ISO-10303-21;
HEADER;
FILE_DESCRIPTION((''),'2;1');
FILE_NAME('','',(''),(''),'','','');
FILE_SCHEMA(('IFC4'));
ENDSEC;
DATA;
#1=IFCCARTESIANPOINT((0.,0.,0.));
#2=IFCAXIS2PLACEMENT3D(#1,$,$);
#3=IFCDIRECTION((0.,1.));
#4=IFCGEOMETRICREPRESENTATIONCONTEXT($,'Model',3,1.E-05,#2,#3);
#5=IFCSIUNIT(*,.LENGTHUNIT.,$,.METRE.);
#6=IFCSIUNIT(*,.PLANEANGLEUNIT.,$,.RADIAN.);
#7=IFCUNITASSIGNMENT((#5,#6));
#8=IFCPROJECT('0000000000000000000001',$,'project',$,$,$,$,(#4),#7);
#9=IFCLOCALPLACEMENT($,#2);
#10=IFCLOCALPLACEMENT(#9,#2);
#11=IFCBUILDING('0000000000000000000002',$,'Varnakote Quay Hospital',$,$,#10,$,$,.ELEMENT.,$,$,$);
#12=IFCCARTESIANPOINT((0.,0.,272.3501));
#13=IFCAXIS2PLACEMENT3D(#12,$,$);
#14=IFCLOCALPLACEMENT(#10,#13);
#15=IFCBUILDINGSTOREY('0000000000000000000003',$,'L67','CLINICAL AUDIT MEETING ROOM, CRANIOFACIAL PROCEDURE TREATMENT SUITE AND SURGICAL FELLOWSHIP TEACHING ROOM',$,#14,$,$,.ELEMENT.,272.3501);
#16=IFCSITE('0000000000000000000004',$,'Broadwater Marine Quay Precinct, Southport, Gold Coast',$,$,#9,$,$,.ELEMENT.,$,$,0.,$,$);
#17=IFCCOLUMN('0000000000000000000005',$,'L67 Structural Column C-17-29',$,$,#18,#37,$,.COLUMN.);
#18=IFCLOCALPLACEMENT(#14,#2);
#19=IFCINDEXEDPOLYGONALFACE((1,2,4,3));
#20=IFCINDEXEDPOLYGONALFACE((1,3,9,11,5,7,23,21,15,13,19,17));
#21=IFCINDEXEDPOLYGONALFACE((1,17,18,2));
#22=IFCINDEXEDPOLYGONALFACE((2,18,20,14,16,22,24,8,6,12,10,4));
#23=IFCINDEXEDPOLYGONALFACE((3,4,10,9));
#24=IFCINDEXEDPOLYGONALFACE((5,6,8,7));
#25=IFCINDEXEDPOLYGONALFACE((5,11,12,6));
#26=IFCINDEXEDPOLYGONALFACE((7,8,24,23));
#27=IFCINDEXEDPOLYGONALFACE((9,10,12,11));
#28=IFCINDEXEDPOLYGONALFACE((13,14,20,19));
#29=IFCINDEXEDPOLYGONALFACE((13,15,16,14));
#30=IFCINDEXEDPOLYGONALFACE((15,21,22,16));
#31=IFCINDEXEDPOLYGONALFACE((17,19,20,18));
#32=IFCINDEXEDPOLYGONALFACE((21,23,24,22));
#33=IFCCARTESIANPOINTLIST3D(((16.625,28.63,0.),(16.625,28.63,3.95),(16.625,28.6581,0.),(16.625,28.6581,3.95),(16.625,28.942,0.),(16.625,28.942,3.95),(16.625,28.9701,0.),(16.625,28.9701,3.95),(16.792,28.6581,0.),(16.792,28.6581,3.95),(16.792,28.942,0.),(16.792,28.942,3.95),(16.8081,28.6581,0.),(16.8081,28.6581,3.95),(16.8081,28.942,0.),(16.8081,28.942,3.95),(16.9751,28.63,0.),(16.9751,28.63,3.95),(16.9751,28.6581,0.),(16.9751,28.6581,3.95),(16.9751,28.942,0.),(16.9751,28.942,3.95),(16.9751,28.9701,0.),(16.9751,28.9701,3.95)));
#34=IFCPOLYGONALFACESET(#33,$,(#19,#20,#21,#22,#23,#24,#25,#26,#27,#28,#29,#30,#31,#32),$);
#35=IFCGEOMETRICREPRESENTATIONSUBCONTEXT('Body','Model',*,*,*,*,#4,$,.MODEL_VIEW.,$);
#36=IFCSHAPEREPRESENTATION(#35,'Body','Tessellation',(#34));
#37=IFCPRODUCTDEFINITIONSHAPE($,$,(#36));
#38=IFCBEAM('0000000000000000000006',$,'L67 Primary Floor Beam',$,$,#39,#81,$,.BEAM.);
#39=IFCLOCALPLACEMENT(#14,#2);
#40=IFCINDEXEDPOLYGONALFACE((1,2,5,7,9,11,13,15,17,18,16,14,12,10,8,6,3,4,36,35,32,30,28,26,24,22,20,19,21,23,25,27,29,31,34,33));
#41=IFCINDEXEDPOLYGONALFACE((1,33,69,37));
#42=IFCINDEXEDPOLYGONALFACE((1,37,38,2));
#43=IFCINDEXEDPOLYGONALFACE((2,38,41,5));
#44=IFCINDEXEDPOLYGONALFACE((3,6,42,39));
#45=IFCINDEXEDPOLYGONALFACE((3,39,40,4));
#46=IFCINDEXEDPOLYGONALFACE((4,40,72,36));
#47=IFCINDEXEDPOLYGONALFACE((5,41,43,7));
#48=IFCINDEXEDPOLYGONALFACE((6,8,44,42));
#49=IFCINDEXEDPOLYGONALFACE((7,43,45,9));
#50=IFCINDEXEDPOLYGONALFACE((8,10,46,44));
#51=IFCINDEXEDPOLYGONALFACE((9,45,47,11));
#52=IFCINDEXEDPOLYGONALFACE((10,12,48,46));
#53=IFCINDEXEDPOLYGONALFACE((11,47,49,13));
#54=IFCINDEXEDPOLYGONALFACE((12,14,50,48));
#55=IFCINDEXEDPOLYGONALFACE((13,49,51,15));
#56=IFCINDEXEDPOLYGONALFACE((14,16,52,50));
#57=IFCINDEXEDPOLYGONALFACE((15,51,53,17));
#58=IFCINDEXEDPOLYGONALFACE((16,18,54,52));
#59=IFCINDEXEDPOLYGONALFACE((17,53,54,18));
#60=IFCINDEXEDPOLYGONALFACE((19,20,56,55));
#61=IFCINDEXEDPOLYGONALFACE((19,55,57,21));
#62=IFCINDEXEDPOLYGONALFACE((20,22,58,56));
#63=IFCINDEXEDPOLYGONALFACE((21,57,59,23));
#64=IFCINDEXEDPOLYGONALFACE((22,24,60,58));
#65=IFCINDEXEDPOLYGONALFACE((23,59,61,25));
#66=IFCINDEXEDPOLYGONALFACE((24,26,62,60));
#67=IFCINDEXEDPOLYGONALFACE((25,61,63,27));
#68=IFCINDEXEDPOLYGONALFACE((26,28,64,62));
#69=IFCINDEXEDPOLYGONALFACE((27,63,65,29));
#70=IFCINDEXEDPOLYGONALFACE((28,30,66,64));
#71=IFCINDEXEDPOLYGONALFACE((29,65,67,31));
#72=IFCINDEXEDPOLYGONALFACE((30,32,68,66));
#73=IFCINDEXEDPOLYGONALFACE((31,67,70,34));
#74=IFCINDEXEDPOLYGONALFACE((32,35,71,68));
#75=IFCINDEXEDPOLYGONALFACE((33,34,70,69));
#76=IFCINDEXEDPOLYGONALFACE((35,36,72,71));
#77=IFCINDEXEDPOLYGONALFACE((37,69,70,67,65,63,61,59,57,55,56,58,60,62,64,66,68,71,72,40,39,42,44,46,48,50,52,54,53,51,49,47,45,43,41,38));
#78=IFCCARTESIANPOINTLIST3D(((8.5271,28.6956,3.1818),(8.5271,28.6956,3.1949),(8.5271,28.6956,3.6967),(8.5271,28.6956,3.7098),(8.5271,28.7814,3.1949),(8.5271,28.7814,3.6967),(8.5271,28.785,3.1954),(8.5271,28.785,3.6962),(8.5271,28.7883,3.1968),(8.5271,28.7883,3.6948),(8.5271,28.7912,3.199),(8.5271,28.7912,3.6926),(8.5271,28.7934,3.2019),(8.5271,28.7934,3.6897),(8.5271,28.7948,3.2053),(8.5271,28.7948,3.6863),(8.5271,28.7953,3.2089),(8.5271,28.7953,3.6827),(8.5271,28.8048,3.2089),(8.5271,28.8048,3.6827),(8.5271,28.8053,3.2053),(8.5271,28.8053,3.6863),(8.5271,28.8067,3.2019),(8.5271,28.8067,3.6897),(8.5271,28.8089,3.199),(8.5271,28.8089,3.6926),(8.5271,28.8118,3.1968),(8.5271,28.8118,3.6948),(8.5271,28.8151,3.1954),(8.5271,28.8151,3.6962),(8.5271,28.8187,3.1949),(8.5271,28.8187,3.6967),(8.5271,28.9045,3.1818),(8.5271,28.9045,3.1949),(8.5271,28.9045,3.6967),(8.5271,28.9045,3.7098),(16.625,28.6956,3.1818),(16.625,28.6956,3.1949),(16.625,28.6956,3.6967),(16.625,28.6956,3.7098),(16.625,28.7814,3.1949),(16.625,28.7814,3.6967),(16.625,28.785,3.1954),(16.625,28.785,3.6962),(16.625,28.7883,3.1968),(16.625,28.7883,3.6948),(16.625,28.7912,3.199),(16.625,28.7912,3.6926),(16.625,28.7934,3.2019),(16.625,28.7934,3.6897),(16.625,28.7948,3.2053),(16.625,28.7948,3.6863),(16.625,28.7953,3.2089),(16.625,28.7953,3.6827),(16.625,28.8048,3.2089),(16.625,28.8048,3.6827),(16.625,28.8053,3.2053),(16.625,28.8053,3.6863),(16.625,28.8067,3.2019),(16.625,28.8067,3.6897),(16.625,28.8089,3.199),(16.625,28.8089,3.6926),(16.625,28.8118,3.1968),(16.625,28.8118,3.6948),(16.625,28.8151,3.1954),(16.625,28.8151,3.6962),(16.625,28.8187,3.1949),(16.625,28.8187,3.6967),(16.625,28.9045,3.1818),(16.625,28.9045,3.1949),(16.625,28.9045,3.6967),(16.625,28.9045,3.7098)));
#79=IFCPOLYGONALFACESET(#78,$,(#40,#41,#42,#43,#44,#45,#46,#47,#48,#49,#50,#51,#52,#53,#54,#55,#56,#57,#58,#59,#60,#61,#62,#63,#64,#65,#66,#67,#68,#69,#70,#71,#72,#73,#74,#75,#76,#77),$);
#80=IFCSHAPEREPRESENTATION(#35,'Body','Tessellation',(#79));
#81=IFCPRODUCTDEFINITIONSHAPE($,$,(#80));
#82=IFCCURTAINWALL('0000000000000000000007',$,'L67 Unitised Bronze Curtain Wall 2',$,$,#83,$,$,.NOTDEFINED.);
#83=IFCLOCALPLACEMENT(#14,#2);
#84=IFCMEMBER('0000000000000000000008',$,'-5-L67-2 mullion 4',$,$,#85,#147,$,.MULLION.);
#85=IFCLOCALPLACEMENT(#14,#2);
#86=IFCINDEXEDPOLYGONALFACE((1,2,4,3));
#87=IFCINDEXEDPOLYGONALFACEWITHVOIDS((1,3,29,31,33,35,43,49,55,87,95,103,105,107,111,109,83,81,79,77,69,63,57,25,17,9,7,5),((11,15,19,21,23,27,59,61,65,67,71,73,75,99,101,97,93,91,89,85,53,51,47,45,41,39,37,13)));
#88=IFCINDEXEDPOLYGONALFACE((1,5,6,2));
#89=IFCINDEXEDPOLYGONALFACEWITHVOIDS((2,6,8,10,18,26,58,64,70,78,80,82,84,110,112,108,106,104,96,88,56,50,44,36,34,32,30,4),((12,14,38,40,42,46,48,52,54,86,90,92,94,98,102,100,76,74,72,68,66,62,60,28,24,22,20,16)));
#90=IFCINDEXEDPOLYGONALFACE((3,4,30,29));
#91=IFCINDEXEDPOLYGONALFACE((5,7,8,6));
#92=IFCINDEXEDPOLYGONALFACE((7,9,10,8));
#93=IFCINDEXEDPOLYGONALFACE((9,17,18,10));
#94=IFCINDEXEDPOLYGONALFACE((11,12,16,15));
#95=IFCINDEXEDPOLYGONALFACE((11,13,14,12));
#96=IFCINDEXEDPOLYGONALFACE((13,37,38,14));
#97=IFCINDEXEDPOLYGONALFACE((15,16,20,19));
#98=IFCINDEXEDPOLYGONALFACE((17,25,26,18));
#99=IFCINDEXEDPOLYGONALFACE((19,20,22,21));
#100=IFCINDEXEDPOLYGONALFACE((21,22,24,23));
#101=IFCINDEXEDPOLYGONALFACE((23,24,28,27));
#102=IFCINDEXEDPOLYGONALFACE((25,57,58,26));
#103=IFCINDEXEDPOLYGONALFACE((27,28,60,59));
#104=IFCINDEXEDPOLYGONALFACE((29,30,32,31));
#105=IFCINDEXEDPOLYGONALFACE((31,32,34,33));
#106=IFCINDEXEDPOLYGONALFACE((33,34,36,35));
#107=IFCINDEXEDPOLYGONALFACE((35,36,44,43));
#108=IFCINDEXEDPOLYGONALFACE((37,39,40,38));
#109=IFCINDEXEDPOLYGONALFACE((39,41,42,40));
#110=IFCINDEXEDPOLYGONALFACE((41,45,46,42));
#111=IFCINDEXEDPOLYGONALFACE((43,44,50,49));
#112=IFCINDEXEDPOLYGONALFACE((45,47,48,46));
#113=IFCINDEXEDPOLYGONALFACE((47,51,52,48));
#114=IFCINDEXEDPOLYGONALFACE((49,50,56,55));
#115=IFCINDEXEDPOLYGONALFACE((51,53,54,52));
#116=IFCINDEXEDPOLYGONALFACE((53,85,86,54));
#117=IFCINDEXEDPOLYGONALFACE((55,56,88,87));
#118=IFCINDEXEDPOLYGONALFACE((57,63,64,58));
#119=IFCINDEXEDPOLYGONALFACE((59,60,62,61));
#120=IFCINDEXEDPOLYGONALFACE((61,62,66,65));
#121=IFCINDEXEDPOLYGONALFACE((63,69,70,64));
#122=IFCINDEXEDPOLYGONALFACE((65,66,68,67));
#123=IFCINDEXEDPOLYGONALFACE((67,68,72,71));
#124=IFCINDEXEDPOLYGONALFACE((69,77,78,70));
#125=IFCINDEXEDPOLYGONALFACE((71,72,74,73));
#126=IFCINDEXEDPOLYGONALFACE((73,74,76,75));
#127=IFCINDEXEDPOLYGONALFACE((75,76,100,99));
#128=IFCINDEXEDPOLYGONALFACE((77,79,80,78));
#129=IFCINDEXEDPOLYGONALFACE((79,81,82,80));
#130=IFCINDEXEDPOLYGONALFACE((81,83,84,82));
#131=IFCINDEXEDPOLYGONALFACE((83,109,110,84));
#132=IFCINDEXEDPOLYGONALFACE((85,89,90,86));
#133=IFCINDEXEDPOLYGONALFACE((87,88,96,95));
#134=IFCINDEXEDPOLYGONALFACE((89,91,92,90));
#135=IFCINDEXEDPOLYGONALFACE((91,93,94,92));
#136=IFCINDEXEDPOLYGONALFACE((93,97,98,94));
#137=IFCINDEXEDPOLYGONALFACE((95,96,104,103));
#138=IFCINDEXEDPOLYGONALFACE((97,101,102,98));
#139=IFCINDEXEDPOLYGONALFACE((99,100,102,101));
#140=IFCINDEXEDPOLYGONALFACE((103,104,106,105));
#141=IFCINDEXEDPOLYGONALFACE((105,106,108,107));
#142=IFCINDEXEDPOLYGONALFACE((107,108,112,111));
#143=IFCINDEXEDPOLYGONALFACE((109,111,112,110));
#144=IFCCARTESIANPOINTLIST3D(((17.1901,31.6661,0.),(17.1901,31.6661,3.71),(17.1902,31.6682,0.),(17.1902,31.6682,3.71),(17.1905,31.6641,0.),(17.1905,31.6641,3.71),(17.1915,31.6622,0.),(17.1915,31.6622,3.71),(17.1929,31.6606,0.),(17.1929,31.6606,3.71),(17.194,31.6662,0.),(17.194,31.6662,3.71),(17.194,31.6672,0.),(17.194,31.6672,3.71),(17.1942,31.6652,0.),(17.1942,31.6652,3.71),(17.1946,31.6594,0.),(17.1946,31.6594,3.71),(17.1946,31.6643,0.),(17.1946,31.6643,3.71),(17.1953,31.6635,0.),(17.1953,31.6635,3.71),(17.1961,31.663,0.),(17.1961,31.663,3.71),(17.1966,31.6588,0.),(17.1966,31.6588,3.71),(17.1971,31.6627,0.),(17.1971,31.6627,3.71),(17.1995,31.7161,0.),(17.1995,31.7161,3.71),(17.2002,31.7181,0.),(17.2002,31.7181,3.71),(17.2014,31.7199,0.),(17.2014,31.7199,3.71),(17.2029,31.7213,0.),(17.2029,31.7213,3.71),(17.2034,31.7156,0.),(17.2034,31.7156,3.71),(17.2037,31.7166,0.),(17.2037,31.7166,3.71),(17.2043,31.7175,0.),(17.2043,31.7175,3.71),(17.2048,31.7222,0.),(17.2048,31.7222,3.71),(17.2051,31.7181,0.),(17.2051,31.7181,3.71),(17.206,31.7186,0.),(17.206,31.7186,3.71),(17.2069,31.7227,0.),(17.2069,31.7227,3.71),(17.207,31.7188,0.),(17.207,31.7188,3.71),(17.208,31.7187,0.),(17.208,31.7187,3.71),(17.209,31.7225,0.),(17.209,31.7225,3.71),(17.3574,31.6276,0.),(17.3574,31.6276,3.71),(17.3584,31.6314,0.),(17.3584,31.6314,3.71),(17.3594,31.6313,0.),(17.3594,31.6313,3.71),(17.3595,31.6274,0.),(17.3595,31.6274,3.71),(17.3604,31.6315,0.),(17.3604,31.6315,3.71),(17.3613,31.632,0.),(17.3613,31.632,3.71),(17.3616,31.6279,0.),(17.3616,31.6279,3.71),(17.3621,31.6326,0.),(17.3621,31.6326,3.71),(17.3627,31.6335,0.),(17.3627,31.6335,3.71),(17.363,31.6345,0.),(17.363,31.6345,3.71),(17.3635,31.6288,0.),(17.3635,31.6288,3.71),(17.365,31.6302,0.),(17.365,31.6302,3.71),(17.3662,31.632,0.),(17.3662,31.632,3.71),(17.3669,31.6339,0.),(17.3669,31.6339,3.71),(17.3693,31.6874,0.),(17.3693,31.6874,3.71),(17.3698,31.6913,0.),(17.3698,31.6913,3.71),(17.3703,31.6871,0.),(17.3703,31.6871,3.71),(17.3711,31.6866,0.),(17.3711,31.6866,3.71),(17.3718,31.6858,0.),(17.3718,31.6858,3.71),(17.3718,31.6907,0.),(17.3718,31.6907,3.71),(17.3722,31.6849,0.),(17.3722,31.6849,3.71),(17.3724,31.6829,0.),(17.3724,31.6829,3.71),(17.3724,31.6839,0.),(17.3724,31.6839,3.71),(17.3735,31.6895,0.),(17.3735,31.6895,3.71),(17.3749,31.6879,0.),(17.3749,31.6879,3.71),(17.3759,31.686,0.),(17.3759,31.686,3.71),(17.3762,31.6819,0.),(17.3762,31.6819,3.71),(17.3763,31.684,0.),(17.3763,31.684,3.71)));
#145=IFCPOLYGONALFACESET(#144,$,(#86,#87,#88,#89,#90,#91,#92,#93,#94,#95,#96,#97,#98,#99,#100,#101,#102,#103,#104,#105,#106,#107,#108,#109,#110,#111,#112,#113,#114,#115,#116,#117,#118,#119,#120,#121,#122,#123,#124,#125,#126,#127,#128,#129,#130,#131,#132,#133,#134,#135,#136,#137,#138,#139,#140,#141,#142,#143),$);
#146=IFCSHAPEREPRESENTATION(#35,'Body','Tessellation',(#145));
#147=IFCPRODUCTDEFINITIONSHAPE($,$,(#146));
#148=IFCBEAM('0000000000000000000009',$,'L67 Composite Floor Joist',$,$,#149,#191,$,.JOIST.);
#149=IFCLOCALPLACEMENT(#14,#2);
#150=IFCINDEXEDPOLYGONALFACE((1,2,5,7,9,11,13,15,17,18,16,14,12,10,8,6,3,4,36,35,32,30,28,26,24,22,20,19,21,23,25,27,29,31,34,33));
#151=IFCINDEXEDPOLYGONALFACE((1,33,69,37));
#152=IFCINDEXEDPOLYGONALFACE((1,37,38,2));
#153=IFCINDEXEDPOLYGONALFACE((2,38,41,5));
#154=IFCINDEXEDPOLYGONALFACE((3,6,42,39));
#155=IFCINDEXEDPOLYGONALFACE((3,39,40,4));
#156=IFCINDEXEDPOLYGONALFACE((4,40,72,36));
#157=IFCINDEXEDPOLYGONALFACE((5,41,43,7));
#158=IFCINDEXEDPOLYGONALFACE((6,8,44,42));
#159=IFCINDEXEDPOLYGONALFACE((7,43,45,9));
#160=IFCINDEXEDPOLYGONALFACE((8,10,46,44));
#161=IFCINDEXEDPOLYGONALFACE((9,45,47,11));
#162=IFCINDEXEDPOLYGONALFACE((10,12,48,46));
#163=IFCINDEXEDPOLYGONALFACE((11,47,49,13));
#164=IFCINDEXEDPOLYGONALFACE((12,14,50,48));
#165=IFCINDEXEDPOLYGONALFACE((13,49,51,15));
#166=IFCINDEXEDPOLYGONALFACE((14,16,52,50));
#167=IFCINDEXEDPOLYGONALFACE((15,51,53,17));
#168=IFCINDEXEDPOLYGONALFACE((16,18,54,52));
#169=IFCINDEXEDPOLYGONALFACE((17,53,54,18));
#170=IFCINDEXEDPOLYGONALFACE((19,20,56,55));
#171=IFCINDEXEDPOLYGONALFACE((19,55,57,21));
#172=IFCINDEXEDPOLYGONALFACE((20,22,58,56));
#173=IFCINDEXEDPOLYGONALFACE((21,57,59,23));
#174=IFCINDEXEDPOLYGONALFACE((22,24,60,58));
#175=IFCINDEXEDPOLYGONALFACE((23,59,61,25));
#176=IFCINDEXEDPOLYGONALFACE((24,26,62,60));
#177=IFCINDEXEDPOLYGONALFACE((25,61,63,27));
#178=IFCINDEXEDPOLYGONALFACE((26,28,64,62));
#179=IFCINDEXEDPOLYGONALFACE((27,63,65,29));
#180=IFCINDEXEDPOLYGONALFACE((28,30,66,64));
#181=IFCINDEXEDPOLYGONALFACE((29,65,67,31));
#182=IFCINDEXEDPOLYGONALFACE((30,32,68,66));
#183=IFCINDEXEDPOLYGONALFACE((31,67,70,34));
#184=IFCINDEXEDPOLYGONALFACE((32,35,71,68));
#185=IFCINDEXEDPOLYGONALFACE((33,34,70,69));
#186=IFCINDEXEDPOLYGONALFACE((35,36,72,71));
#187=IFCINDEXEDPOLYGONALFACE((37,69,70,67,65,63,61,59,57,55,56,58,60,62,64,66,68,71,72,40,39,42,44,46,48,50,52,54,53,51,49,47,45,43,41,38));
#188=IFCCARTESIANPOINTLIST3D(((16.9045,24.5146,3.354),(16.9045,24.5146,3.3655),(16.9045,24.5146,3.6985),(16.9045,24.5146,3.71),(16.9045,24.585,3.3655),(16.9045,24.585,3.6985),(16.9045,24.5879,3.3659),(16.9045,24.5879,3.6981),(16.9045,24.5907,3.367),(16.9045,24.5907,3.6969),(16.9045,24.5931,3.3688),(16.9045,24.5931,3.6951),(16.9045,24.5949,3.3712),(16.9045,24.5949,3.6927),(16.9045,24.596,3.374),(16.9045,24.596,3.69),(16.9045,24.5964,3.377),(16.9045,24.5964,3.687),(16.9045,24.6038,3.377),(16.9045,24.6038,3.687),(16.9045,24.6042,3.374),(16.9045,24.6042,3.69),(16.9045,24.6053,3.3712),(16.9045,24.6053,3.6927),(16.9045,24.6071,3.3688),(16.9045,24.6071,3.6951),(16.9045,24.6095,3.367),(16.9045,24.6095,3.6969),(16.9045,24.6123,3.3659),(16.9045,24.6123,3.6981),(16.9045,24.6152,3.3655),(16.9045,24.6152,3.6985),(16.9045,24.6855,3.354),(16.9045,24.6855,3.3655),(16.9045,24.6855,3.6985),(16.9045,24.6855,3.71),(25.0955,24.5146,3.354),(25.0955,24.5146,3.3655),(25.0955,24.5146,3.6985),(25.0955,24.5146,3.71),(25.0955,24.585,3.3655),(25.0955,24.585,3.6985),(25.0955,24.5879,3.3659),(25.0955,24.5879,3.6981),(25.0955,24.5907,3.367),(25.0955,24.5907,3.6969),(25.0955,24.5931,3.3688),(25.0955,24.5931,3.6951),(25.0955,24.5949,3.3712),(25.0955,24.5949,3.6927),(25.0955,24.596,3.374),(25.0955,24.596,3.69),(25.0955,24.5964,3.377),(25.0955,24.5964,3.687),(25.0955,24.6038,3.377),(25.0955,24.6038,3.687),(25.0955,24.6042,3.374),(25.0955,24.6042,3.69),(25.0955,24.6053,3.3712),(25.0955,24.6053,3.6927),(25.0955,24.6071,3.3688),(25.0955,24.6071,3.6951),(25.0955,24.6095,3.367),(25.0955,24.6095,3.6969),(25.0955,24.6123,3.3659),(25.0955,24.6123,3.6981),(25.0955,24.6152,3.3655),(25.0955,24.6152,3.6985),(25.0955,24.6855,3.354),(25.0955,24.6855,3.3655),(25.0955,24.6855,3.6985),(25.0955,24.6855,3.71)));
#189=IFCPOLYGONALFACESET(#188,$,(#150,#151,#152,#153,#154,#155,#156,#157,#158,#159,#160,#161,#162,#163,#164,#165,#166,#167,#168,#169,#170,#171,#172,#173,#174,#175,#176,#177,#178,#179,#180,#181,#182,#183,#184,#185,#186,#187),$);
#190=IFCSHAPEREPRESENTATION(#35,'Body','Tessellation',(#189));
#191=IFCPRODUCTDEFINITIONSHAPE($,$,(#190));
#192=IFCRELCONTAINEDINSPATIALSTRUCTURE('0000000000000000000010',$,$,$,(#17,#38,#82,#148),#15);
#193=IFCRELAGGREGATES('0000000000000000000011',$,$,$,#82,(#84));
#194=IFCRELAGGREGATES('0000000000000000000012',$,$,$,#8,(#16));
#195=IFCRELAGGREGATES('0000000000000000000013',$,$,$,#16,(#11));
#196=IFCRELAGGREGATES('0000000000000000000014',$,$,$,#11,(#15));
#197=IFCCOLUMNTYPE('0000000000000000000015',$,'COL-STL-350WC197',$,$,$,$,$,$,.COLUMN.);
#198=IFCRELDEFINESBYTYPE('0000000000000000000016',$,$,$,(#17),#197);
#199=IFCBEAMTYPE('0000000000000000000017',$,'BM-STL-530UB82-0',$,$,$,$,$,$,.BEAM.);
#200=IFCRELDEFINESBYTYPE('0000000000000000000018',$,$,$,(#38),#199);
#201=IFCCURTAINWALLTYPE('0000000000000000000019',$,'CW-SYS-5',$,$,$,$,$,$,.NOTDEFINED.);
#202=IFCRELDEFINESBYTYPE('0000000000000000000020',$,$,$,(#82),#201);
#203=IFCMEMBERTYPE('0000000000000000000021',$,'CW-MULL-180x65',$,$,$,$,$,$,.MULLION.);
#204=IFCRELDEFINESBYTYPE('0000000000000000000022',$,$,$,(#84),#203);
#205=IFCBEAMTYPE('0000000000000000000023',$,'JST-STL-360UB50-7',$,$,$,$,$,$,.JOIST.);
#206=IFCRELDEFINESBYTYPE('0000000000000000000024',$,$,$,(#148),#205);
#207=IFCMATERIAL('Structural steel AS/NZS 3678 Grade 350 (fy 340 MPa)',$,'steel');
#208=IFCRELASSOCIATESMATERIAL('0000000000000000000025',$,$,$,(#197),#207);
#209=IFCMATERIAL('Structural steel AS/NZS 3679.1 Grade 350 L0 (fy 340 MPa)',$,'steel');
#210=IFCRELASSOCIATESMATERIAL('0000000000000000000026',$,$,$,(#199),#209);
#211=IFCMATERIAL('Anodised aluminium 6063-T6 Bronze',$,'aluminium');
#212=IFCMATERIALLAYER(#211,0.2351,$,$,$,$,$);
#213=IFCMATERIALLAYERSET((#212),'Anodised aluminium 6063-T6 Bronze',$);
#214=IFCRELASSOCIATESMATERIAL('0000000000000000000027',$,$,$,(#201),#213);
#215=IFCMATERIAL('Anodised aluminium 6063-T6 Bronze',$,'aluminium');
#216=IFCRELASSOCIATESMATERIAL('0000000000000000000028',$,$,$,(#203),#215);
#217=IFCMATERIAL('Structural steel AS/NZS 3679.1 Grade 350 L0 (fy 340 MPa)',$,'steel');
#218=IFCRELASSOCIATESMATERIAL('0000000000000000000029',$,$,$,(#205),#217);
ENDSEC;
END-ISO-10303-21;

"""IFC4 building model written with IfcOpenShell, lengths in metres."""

from ifc_helpers import new_model, si_unit, direction, frame, origin, origin_2d, place, context, subcontext, project, spatial, hollow_rectangle, i_section, extrude, material, layer, layer_set, material_profile, profile_set, type_object, element, aggregate, save


model = new_model("IFC4")

# Units and contexts
model_context = context("Model", 3, precision=1e-05, world=origin(), true_north=direction((0.0, 1.0)))
body_context = subcontext(model_context, "Body", "Model", "MODEL_VIEW")
ifc_project = project(units=[si_unit("LENGTHUNIT", "METRE"), si_unit("PLANEANGLEUNIT", "RADIAN")], contexts=[model_context])

# Site, building, storey
site_placement = place(None, origin())
site = spatial("IfcSite", under=ifc_project, at=site_placement, Name="Broadwater Marine Quay Precinct, Southport, Gold Coast", CompositionType="ELEMENT", RefElevation=0.0)
building_placement = place(site_placement, origin())
building = spatial("IfcBuilding", under=site, at=building_placement, Name="Varnakote Quay Hospital", CompositionType="ELEMENT")
storey_placement = place(building_placement, frame((0.0, 0.0, 272.3501)))
storey = spatial("IfcBuildingStorey", under=building, at=storey_placement, Name="L67", Description="CLINICAL AUDIT MEETING ROOM, CRANIOFACIAL PROCEDURE TREATMENT SUITE AND SURGICAL FELLOWSHIP TEACHING ROOM", CompositionType="ELEMENT", Elevation=272.3501)

# Column
ifc_material_1 = material(Name="Structural steel AS/NZS 3678 Grade 350 (fy 340 MPa)", Category="steel")
ifc_material_profile_1 = material_profile(ifc_material_1, i_section(OverallWidth=0.3501, OverallDepth=0.3401, WebThickness=0.0161, FlangeThickness=0.0281, at=origin_2d()), Name="350WC197")
ifc_profile_set_1 = profile_set([ifc_material_profile_1], Name="Structural steel AS/NZS 3678 Grade 350 (fy 340 MPa)")
column_type = type_object("IfcColumnType", Name="COL-STL-350WC197", PredefinedType="COLUMN", material=ifc_profile_set_1)
column_placement = place(storey_placement, frame((16.8, 28.8, 0.0), z_axis=(0.0, 0.0, 1.0), x_axis=(1.0, 0.0, 0.0)))
element("IfcColumn", 1, at=column_placement, inside=storey, type_object=column_type, Name="L67 Structural Column C-17-29", PredefinedType="COLUMN", context=body_context, shape_type="SweptSolid", body=[
    extrude(i_section(OverallWidth=0.3501, OverallDepth=0.3401, WebThickness=0.0161, FlangeThickness=0.0281, at=origin_2d()), origin(), (0.0, 0.0, 1.0), 3.95),
])

# Beam
ifc_material_2 = material(Name="Structural steel AS/NZS 3679.1 Grade 350 L0 (fy 340 MPa)", Category="steel")
ifc_material_profile_2 = material_profile(ifc_material_2, i_section(OverallWidth=0.209, OverallDepth=0.5281, WebThickness=0.0095, FlangeThickness=0.0132, FilletRadius=0.0139, at=origin_2d()), Name="530UB82.0")
ifc_profile_set_2 = profile_set([ifc_material_profile_2], Name="Structural steel AS/NZS 3679.1 Grade 350 L0 (fy 340 MPa)")
beam_type_1 = type_object("IfcBeamType", Name="BM-STL-530UB82-0", PredefinedType="BEAM", material=ifc_profile_set_2)
beam_1_placement = place(storey_placement, frame((8.5271, 28.8, 3.4458), z_axis=(1.0, 0.0, 0.0), x_axis=(0.0, 1.0, 0.0)))
element("IfcBeam", 2, at=beam_1_placement, inside=storey, type_object=beam_type_1, Name="L67 Primary Floor Beam", PredefinedType="BEAM", context=body_context, shape_type="SweptSolid", body=[
    extrude(i_section(OverallWidth=0.209, OverallDepth=0.5281, WebThickness=0.0095, FlangeThickness=0.0132, FilletRadius=0.0139, at=origin_2d()), origin(), (0.0, 0.0, 1.0), 8.0979),
])

# Curtain wall, member
ifc_material_3 = material(Name="Anodised aluminium 6063-T6 Bronze", Category="aluminium")
ifc_layer_1 = layer(ifc_material_3, 0.2351)
ifc_layer_set_1 = layer_set([ifc_layer_1], Name="Anodised aluminium 6063-T6 Bronze")
curtain_wall_type = type_object("IfcCurtainWallType", Name="CW-SYS-5", PredefinedType="NOTDEFINED", material=ifc_layer_set_1)
curtain_wall_placement = place(storey_placement, origin())
curtain_wall = element("IfcCurtainWall", 3, at=curtain_wall_placement, inside=storey, type_object=curtain_wall_type, Name="L67 Unitised Bronze Curtain Wall 2", PredefinedType="NOTDEFINED")
ifc_material_4 = material(Name="Anodised aluminium 6063-T6 Bronze", Category="aluminium")
ifc_material_profile_3 = material_profile(ifc_material_4, hollow_rectangle(XDim=0.0649, YDim=0.1799, WallThickness=0.0039, InnerFilletRadius=0.0039, OuterFilletRadius=0.0081, at=origin_2d()), Name="CW-MULL-180x65")
ifc_profile_set_3 = profile_set([ifc_material_profile_3], Name="Anodised aluminium 6063-T6 Bronze")
member_type = type_object("IfcMemberType", Name="CW-MULL-180x65", PredefinedType="MULLION", material=ifc_profile_set_3)
member_placement = place(storey_placement, frame((17.2832, 31.675, 0.0), z_axis=(0.0, 0.0, 1.0), x_axis=(-0.190434, -0.9817, 0.0)))
member = element("IfcMember", 4, at=member_placement, type_object=member_type, Name="-5-L67-2 mullion 4", PredefinedType="MULLION", context=body_context, shape_type="SweptSolid", body=[
    extrude(hollow_rectangle(XDim=0.0649, YDim=0.1799, WallThickness=0.0039, InnerFilletRadius=0.0039, OuterFilletRadius=0.0081, at=origin_2d()), origin(), (0.0, 0.0, 1.0), 3.71),
])

# Beam
ifc_material_5 = material(Name="Structural steel AS/NZS 3679.1 Grade 350 L0 (fy 340 MPa)", Category="steel")
ifc_material_profile_4 = material_profile(ifc_material_5, i_section(OverallWidth=0.1709, OverallDepth=0.356, WebThickness=0.0073, FlangeThickness=0.0115, FilletRadius=0.0115, at=origin_2d()), Name="360UB50.7")
ifc_profile_set_4 = profile_set([ifc_material_profile_4], Name="Structural steel AS/NZS 3679.1 Grade 350 L0 (fy 340 MPa)")
beam_type_2 = type_object("IfcBeamType", Name="JST-STL-360UB50-7", PredefinedType="JOIST", material=ifc_profile_set_4)
beam_2_placement = place(storey_placement, frame((16.9045, 24.6001, 3.532), z_axis=(1.0, 0.0, 0.0), x_axis=(0.0, 1.0, 0.0)))
element("IfcBeam", 5, at=beam_2_placement, inside=storey, type_object=beam_type_2, Name="L67 Composite Floor Joist", PredefinedType="JOIST", context=body_context, shape_type="SweptSolid", body=[
    extrude(i_section(OverallWidth=0.1709, OverallDepth=0.356, WebThickness=0.0073, FlangeThickness=0.0115, FilletRadius=0.0115, at=origin_2d()), origin(), (0.0, 0.0, 1.0), 8.1909),
])

aggregate(curtain_wall, [member])

save(model, "model.ifc")
